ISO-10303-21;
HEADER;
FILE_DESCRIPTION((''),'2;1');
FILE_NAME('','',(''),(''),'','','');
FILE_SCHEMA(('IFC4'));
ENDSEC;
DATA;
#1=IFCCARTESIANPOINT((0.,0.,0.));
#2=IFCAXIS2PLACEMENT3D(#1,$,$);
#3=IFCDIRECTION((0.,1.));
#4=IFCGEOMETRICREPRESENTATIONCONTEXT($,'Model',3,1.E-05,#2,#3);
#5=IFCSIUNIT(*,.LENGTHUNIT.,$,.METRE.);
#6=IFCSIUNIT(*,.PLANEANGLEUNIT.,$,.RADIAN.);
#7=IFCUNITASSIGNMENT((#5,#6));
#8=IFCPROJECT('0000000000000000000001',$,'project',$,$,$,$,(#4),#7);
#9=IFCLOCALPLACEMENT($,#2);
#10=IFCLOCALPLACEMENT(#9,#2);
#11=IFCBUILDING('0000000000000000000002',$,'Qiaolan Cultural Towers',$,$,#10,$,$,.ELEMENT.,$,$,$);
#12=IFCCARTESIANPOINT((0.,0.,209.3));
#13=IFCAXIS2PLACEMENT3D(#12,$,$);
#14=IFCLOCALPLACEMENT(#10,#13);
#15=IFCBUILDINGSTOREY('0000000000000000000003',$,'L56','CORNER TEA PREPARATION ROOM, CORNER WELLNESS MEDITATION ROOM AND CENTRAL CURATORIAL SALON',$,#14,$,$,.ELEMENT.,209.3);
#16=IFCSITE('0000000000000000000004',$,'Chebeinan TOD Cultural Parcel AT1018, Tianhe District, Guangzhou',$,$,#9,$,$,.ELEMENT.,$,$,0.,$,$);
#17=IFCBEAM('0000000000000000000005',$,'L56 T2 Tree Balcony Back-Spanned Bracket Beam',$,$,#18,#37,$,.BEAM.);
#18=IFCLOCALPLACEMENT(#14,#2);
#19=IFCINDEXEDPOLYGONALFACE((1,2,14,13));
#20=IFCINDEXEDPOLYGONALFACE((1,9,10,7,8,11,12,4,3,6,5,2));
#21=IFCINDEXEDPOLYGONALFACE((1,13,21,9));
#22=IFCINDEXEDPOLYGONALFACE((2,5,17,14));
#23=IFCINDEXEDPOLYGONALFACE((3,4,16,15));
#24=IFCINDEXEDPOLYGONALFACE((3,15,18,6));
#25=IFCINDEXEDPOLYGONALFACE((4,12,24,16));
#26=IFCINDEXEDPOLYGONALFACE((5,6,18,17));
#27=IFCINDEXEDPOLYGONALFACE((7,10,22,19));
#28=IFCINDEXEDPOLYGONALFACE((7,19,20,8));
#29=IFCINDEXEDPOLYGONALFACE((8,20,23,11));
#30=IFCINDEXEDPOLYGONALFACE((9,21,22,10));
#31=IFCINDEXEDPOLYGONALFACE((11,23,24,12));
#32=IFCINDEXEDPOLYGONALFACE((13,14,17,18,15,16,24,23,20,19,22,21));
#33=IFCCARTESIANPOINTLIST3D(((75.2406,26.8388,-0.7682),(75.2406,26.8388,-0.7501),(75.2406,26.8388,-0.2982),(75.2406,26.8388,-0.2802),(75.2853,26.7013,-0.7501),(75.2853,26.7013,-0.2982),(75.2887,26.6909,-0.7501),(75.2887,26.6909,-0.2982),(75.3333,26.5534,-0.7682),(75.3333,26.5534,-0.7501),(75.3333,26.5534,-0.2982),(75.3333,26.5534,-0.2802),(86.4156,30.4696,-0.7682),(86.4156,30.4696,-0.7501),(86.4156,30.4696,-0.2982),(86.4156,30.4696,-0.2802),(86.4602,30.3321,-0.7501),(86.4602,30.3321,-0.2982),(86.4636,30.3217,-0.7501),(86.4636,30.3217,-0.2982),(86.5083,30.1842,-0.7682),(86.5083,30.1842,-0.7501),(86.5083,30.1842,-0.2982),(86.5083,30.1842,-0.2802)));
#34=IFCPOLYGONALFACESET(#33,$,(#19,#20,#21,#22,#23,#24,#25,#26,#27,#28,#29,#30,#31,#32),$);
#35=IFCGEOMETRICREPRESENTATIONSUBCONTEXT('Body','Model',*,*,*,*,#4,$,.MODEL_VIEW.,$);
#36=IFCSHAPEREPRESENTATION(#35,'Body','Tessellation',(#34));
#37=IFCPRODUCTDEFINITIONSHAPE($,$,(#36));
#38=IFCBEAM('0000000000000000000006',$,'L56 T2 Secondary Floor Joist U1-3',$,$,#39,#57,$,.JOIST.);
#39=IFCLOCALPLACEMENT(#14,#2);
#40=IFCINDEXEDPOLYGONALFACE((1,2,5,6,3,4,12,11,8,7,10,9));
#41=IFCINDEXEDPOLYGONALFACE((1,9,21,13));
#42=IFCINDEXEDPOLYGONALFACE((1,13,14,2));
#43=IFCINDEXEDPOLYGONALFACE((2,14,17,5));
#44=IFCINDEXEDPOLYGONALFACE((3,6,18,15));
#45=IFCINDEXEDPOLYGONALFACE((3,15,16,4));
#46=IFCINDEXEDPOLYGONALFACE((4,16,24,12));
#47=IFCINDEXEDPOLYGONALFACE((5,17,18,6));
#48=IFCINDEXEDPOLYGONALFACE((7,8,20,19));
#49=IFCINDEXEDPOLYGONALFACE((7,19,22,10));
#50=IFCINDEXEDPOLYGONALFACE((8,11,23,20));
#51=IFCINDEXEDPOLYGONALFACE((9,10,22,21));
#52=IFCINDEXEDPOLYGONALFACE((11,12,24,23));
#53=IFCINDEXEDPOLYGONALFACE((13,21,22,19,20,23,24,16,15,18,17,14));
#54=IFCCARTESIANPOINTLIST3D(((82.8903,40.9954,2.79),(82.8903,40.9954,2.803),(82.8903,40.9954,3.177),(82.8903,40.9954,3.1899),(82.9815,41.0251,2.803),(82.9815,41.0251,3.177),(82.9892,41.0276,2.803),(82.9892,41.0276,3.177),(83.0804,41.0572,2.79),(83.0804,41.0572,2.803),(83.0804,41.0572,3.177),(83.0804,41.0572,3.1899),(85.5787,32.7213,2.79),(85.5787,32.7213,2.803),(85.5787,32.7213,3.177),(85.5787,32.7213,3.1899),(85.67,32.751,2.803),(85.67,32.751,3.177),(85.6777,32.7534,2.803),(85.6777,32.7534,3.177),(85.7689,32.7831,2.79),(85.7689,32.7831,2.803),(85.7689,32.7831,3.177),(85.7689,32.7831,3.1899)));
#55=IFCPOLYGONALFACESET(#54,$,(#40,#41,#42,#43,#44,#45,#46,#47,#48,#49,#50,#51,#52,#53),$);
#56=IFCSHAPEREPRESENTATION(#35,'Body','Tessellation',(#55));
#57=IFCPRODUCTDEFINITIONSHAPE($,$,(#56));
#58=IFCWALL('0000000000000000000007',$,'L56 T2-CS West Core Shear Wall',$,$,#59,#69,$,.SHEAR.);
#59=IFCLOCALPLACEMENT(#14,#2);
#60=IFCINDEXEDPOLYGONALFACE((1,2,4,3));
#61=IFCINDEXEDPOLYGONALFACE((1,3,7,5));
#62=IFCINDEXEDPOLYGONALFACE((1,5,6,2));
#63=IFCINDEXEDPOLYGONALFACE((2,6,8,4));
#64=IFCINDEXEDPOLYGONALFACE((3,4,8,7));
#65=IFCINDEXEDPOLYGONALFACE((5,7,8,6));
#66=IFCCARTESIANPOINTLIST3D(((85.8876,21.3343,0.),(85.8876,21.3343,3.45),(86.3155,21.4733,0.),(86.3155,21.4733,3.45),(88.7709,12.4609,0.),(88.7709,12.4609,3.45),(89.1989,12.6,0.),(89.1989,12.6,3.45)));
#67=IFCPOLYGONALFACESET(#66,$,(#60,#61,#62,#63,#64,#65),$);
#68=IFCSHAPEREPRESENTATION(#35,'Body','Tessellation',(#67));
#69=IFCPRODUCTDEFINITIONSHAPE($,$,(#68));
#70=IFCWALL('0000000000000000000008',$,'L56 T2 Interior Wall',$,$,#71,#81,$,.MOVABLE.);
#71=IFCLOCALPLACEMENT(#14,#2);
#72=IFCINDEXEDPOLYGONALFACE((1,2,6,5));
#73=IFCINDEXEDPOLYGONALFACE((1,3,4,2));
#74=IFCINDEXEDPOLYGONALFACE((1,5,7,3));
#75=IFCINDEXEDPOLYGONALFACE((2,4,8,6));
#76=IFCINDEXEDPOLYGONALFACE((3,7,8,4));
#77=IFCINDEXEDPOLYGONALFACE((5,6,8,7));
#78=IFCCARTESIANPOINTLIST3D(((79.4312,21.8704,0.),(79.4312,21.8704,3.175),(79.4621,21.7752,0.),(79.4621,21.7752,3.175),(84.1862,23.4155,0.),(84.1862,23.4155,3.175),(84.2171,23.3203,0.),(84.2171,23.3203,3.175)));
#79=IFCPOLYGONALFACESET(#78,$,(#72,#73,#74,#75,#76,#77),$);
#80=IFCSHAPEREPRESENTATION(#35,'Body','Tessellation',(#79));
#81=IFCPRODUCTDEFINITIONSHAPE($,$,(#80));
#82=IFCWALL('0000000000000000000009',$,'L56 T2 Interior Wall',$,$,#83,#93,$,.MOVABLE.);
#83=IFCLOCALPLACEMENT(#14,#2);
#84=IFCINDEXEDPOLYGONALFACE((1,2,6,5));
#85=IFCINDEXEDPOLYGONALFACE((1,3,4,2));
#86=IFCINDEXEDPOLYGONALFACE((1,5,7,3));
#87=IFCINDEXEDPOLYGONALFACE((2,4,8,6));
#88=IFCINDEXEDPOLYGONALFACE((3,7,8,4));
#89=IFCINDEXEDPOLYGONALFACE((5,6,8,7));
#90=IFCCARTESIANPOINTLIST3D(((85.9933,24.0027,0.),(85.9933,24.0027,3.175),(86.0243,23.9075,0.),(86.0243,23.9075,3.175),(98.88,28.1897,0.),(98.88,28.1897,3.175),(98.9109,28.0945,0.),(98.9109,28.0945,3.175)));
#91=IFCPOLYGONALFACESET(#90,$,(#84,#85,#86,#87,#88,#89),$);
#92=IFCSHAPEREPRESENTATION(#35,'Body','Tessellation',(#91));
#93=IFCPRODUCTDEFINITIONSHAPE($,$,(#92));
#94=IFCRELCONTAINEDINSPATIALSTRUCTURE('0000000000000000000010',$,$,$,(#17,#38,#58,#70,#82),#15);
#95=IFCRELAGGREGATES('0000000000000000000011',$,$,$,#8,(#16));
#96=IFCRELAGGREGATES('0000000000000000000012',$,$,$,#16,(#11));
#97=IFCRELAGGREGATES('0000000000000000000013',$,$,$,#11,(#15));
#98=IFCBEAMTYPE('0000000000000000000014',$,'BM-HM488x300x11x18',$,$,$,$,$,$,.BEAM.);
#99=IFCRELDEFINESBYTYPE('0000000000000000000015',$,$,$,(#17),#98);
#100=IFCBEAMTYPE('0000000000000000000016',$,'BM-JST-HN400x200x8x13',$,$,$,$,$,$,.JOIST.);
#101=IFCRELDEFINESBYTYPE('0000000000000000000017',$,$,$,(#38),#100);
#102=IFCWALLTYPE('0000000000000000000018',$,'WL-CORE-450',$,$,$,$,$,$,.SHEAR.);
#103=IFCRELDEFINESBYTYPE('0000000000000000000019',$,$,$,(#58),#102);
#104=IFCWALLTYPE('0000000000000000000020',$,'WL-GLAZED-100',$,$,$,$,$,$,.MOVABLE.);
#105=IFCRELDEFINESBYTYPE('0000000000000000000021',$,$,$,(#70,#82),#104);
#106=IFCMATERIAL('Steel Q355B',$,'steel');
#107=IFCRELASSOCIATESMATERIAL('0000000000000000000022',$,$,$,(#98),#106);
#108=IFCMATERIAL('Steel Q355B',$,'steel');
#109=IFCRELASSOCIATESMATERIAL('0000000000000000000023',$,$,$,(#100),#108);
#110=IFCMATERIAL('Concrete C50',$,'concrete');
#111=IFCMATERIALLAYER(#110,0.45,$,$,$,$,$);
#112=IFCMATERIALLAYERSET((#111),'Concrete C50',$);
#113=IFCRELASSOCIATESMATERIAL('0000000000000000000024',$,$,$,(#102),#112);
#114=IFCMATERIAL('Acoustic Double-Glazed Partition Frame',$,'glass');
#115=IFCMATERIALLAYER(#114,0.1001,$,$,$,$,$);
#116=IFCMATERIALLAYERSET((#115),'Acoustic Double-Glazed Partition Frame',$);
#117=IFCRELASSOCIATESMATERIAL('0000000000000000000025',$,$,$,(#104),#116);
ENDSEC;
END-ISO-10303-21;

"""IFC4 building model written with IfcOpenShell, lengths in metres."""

from ifc_helpers import new_model, si_unit, direction, frame, frame_2d, origin, origin_2d, place, context, subcontext, project, spatial, rectangle, i_section, extrude, material, layer, layer_set, material_profile, profile_set, type_object, element, save


model = new_model("IFC4")

# Units and contexts
model_context = context("Model", 3, precision=1e-05, world=origin(), true_north=direction((0.0, 1.0)))
body_context = subcontext(model_context, "Body", "Model", "MODEL_VIEW")
ifc_project = project(units=[si_unit("LENGTHUNIT", "METRE"), si_unit("PLANEANGLEUNIT", "RADIAN")], contexts=[model_context])

# Site, building, storey
site_placement = place(None, origin())
site = spatial("IfcSite", under=ifc_project, at=site_placement, Name="Chebeinan TOD Cultural Parcel AT1018, Tianhe District, Guangzhou", CompositionType="ELEMENT", RefElevation=0.0)
building_placement = place(site_placement, origin())
building = spatial("IfcBuilding", under=site, at=building_placement, Name="Qiaolan Cultural Towers", CompositionType="ELEMENT")
storey_placement = place(building_placement, frame((0.0, 0.0, 209.3)))
storey = spatial("IfcBuildingStorey", under=building, at=storey_placement, Name="L56", Description="CORNER TEA PREPARATION ROOM, CORNER WELLNESS MEDITATION ROOM AND CENTRAL CURATORIAL SALON", CompositionType="ELEMENT", Elevation=209.3)

# Beams
ifc_material_1 = material(Name="Steel Q355B", Category="steel")
ifc_material_profile_1 = material_profile(ifc_material_1, i_section(OverallWidth=0.3, OverallDepth=0.488, WebThickness=0.011, FlangeThickness=0.0181, at=origin_2d()), Name="HM488x300x11x18")
ifc_profile_set_1 = profile_set([ifc_material_profile_1], Name="Steel Q355B")
beam_type_1 = type_object("IfcBeamType", Name="BM-HM488x300x11x18", PredefinedType="BEAM", material=ifc_profile_set_1)
beam_1_placement = place(storey_placement, frame((86.4619, 30.3269, -0.5242), z_axis=(-0.95106, -0.309007, 0.0), x_axis=(0.309007, -0.95106, 0.0)))
element("IfcBeam", 1, at=beam_1_placement, inside=storey, type_object=beam_type_1, Name="L56 T2 Tree Balcony Back-Spanned Bracket Beam", PredefinedType="BEAM", context=body_context, shape_type="SweptSolid", body=[
    extrude(i_section(OverallWidth=0.3, OverallDepth=0.488, WebThickness=0.011, FlangeThickness=0.0181, at=origin_2d()), origin(), (0.0, 0.0, 1.0), 11.75),
])
ifc_material_2 = material(Name="Steel Q355B", Category="steel")
ifc_material_profile_2 = material_profile(ifc_material_2, i_section(OverallWidth=0.2, OverallDepth=0.3999, WebThickness=0.0081, FlangeThickness=0.0129, at=origin_2d()), Name="HN400x200x8x13")
ifc_profile_set_2 = profile_set([ifc_material_profile_2], Name="Steel Q355B")
beam_type_2 = type_object("IfcBeamType", Name="BM-JST-HN400x200x8x13", PredefinedType="JOIST", material=ifc_profile_set_2)
beam_2_placement = place(storey_placement, frame((85.6738, 32.7522, 2.99), z_axis=(-0.309021, 0.951055, 0.0), x_axis=(-0.951055, -0.309021, 0.0)))
element("IfcBeam", 2, at=beam_2_placement, inside=storey, type_object=beam_type_2, Name="L56 T2 Secondary Floor Joist U1-3", PredefinedType="JOIST", context=body_context, shape_type="SweptSolid", body=[
    extrude(i_section(OverallWidth=0.2, OverallDepth=0.3999, WebThickness=0.0081, FlangeThickness=0.0129, at=origin_2d()), origin(), (0.0, 0.0, 1.0), 8.7),
])

# Walls
ifc_material_3 = material(Name="Concrete C50", Category="concrete")
ifc_layer_1 = layer(ifc_material_3, 0.45)
ifc_layer_set_1 = layer_set([ifc_layer_1], Name="Concrete C50")
wall_type_1 = type_object("IfcWallType", Name="WL-CORE-450", PredefinedType="SHEAR", material=ifc_layer_set_1)
wall_1_placement = place(storey_placement, frame((86.1016, 21.4038, 0.0), z_axis=(0.0, 0.0, 1.0), x_axis=(0.309036, -0.95105, 0.0)))
element("IfcWall", 3, at=wall_1_placement, inside=storey, type_object=wall_type_1, Name="L56 T2-CS West Core Shear Wall", PredefinedType="SHEAR", context=body_context, shape_type="SweptSolid", body=[
    extrude(rectangle(XDim=9.3301, YDim=0.45, at=frame_2d((4.665, 0.0))), origin(), (0.0, 0.0, 1.0), 3.45),
])
ifc_material_4 = material(Name="Acoustic Double-Glazed Partition Frame", Category="glass")
ifc_layer_2 = layer(ifc_material_4, 0.1001)
ifc_layer_set_2 = layer_set([ifc_layer_2], Name="Acoustic Double-Glazed Partition Frame")
wall_type_2 = type_object("IfcWallType", Name="WL-GLAZED-100", PredefinedType="MOVABLE", material=ifc_layer_set_2)
wall_2_placement = place(storey_placement, frame((79.4465, 21.8228, 0.0), z_axis=(0.0, 0.0, 1.0), x_axis=(0.951049, 0.309041, 0.0)))
element("IfcWall", 4, at=wall_2_placement, inside=storey, type_object=wall_type_2, Name="L56 T2 Interior Wall", PredefinedType="MOVABLE", context=body_context, shape_type="SweptSolid", body=[
    extrude(rectangle(XDim=4.9998, YDim=0.1001, at=frame_2d((2.5, 0.0))), origin(), (0.0, 0.0, 1.0), 3.175),
])
wall_3_placement = place(storey_placement, frame((86.0088, 23.9551, 0.0), z_axis=(0.0, 0.0, 1.0), x_axis=(0.951059, 0.309008, 0.0)))
element("IfcWall", 5, at=wall_3_placement, inside=storey, type_object=wall_type_2, Name="L56 T2 Interior Wall", PredefinedType="MOVABLE", context=body_context, shape_type="SweptSolid", body=[
    extrude(rectangle(XDim=13.5498, YDim=0.1001, at=frame_2d((6.7749, 0.0))), origin(), (0.0, 0.0, 1.0), 3.175),
])

save(model, "model.ifc")
